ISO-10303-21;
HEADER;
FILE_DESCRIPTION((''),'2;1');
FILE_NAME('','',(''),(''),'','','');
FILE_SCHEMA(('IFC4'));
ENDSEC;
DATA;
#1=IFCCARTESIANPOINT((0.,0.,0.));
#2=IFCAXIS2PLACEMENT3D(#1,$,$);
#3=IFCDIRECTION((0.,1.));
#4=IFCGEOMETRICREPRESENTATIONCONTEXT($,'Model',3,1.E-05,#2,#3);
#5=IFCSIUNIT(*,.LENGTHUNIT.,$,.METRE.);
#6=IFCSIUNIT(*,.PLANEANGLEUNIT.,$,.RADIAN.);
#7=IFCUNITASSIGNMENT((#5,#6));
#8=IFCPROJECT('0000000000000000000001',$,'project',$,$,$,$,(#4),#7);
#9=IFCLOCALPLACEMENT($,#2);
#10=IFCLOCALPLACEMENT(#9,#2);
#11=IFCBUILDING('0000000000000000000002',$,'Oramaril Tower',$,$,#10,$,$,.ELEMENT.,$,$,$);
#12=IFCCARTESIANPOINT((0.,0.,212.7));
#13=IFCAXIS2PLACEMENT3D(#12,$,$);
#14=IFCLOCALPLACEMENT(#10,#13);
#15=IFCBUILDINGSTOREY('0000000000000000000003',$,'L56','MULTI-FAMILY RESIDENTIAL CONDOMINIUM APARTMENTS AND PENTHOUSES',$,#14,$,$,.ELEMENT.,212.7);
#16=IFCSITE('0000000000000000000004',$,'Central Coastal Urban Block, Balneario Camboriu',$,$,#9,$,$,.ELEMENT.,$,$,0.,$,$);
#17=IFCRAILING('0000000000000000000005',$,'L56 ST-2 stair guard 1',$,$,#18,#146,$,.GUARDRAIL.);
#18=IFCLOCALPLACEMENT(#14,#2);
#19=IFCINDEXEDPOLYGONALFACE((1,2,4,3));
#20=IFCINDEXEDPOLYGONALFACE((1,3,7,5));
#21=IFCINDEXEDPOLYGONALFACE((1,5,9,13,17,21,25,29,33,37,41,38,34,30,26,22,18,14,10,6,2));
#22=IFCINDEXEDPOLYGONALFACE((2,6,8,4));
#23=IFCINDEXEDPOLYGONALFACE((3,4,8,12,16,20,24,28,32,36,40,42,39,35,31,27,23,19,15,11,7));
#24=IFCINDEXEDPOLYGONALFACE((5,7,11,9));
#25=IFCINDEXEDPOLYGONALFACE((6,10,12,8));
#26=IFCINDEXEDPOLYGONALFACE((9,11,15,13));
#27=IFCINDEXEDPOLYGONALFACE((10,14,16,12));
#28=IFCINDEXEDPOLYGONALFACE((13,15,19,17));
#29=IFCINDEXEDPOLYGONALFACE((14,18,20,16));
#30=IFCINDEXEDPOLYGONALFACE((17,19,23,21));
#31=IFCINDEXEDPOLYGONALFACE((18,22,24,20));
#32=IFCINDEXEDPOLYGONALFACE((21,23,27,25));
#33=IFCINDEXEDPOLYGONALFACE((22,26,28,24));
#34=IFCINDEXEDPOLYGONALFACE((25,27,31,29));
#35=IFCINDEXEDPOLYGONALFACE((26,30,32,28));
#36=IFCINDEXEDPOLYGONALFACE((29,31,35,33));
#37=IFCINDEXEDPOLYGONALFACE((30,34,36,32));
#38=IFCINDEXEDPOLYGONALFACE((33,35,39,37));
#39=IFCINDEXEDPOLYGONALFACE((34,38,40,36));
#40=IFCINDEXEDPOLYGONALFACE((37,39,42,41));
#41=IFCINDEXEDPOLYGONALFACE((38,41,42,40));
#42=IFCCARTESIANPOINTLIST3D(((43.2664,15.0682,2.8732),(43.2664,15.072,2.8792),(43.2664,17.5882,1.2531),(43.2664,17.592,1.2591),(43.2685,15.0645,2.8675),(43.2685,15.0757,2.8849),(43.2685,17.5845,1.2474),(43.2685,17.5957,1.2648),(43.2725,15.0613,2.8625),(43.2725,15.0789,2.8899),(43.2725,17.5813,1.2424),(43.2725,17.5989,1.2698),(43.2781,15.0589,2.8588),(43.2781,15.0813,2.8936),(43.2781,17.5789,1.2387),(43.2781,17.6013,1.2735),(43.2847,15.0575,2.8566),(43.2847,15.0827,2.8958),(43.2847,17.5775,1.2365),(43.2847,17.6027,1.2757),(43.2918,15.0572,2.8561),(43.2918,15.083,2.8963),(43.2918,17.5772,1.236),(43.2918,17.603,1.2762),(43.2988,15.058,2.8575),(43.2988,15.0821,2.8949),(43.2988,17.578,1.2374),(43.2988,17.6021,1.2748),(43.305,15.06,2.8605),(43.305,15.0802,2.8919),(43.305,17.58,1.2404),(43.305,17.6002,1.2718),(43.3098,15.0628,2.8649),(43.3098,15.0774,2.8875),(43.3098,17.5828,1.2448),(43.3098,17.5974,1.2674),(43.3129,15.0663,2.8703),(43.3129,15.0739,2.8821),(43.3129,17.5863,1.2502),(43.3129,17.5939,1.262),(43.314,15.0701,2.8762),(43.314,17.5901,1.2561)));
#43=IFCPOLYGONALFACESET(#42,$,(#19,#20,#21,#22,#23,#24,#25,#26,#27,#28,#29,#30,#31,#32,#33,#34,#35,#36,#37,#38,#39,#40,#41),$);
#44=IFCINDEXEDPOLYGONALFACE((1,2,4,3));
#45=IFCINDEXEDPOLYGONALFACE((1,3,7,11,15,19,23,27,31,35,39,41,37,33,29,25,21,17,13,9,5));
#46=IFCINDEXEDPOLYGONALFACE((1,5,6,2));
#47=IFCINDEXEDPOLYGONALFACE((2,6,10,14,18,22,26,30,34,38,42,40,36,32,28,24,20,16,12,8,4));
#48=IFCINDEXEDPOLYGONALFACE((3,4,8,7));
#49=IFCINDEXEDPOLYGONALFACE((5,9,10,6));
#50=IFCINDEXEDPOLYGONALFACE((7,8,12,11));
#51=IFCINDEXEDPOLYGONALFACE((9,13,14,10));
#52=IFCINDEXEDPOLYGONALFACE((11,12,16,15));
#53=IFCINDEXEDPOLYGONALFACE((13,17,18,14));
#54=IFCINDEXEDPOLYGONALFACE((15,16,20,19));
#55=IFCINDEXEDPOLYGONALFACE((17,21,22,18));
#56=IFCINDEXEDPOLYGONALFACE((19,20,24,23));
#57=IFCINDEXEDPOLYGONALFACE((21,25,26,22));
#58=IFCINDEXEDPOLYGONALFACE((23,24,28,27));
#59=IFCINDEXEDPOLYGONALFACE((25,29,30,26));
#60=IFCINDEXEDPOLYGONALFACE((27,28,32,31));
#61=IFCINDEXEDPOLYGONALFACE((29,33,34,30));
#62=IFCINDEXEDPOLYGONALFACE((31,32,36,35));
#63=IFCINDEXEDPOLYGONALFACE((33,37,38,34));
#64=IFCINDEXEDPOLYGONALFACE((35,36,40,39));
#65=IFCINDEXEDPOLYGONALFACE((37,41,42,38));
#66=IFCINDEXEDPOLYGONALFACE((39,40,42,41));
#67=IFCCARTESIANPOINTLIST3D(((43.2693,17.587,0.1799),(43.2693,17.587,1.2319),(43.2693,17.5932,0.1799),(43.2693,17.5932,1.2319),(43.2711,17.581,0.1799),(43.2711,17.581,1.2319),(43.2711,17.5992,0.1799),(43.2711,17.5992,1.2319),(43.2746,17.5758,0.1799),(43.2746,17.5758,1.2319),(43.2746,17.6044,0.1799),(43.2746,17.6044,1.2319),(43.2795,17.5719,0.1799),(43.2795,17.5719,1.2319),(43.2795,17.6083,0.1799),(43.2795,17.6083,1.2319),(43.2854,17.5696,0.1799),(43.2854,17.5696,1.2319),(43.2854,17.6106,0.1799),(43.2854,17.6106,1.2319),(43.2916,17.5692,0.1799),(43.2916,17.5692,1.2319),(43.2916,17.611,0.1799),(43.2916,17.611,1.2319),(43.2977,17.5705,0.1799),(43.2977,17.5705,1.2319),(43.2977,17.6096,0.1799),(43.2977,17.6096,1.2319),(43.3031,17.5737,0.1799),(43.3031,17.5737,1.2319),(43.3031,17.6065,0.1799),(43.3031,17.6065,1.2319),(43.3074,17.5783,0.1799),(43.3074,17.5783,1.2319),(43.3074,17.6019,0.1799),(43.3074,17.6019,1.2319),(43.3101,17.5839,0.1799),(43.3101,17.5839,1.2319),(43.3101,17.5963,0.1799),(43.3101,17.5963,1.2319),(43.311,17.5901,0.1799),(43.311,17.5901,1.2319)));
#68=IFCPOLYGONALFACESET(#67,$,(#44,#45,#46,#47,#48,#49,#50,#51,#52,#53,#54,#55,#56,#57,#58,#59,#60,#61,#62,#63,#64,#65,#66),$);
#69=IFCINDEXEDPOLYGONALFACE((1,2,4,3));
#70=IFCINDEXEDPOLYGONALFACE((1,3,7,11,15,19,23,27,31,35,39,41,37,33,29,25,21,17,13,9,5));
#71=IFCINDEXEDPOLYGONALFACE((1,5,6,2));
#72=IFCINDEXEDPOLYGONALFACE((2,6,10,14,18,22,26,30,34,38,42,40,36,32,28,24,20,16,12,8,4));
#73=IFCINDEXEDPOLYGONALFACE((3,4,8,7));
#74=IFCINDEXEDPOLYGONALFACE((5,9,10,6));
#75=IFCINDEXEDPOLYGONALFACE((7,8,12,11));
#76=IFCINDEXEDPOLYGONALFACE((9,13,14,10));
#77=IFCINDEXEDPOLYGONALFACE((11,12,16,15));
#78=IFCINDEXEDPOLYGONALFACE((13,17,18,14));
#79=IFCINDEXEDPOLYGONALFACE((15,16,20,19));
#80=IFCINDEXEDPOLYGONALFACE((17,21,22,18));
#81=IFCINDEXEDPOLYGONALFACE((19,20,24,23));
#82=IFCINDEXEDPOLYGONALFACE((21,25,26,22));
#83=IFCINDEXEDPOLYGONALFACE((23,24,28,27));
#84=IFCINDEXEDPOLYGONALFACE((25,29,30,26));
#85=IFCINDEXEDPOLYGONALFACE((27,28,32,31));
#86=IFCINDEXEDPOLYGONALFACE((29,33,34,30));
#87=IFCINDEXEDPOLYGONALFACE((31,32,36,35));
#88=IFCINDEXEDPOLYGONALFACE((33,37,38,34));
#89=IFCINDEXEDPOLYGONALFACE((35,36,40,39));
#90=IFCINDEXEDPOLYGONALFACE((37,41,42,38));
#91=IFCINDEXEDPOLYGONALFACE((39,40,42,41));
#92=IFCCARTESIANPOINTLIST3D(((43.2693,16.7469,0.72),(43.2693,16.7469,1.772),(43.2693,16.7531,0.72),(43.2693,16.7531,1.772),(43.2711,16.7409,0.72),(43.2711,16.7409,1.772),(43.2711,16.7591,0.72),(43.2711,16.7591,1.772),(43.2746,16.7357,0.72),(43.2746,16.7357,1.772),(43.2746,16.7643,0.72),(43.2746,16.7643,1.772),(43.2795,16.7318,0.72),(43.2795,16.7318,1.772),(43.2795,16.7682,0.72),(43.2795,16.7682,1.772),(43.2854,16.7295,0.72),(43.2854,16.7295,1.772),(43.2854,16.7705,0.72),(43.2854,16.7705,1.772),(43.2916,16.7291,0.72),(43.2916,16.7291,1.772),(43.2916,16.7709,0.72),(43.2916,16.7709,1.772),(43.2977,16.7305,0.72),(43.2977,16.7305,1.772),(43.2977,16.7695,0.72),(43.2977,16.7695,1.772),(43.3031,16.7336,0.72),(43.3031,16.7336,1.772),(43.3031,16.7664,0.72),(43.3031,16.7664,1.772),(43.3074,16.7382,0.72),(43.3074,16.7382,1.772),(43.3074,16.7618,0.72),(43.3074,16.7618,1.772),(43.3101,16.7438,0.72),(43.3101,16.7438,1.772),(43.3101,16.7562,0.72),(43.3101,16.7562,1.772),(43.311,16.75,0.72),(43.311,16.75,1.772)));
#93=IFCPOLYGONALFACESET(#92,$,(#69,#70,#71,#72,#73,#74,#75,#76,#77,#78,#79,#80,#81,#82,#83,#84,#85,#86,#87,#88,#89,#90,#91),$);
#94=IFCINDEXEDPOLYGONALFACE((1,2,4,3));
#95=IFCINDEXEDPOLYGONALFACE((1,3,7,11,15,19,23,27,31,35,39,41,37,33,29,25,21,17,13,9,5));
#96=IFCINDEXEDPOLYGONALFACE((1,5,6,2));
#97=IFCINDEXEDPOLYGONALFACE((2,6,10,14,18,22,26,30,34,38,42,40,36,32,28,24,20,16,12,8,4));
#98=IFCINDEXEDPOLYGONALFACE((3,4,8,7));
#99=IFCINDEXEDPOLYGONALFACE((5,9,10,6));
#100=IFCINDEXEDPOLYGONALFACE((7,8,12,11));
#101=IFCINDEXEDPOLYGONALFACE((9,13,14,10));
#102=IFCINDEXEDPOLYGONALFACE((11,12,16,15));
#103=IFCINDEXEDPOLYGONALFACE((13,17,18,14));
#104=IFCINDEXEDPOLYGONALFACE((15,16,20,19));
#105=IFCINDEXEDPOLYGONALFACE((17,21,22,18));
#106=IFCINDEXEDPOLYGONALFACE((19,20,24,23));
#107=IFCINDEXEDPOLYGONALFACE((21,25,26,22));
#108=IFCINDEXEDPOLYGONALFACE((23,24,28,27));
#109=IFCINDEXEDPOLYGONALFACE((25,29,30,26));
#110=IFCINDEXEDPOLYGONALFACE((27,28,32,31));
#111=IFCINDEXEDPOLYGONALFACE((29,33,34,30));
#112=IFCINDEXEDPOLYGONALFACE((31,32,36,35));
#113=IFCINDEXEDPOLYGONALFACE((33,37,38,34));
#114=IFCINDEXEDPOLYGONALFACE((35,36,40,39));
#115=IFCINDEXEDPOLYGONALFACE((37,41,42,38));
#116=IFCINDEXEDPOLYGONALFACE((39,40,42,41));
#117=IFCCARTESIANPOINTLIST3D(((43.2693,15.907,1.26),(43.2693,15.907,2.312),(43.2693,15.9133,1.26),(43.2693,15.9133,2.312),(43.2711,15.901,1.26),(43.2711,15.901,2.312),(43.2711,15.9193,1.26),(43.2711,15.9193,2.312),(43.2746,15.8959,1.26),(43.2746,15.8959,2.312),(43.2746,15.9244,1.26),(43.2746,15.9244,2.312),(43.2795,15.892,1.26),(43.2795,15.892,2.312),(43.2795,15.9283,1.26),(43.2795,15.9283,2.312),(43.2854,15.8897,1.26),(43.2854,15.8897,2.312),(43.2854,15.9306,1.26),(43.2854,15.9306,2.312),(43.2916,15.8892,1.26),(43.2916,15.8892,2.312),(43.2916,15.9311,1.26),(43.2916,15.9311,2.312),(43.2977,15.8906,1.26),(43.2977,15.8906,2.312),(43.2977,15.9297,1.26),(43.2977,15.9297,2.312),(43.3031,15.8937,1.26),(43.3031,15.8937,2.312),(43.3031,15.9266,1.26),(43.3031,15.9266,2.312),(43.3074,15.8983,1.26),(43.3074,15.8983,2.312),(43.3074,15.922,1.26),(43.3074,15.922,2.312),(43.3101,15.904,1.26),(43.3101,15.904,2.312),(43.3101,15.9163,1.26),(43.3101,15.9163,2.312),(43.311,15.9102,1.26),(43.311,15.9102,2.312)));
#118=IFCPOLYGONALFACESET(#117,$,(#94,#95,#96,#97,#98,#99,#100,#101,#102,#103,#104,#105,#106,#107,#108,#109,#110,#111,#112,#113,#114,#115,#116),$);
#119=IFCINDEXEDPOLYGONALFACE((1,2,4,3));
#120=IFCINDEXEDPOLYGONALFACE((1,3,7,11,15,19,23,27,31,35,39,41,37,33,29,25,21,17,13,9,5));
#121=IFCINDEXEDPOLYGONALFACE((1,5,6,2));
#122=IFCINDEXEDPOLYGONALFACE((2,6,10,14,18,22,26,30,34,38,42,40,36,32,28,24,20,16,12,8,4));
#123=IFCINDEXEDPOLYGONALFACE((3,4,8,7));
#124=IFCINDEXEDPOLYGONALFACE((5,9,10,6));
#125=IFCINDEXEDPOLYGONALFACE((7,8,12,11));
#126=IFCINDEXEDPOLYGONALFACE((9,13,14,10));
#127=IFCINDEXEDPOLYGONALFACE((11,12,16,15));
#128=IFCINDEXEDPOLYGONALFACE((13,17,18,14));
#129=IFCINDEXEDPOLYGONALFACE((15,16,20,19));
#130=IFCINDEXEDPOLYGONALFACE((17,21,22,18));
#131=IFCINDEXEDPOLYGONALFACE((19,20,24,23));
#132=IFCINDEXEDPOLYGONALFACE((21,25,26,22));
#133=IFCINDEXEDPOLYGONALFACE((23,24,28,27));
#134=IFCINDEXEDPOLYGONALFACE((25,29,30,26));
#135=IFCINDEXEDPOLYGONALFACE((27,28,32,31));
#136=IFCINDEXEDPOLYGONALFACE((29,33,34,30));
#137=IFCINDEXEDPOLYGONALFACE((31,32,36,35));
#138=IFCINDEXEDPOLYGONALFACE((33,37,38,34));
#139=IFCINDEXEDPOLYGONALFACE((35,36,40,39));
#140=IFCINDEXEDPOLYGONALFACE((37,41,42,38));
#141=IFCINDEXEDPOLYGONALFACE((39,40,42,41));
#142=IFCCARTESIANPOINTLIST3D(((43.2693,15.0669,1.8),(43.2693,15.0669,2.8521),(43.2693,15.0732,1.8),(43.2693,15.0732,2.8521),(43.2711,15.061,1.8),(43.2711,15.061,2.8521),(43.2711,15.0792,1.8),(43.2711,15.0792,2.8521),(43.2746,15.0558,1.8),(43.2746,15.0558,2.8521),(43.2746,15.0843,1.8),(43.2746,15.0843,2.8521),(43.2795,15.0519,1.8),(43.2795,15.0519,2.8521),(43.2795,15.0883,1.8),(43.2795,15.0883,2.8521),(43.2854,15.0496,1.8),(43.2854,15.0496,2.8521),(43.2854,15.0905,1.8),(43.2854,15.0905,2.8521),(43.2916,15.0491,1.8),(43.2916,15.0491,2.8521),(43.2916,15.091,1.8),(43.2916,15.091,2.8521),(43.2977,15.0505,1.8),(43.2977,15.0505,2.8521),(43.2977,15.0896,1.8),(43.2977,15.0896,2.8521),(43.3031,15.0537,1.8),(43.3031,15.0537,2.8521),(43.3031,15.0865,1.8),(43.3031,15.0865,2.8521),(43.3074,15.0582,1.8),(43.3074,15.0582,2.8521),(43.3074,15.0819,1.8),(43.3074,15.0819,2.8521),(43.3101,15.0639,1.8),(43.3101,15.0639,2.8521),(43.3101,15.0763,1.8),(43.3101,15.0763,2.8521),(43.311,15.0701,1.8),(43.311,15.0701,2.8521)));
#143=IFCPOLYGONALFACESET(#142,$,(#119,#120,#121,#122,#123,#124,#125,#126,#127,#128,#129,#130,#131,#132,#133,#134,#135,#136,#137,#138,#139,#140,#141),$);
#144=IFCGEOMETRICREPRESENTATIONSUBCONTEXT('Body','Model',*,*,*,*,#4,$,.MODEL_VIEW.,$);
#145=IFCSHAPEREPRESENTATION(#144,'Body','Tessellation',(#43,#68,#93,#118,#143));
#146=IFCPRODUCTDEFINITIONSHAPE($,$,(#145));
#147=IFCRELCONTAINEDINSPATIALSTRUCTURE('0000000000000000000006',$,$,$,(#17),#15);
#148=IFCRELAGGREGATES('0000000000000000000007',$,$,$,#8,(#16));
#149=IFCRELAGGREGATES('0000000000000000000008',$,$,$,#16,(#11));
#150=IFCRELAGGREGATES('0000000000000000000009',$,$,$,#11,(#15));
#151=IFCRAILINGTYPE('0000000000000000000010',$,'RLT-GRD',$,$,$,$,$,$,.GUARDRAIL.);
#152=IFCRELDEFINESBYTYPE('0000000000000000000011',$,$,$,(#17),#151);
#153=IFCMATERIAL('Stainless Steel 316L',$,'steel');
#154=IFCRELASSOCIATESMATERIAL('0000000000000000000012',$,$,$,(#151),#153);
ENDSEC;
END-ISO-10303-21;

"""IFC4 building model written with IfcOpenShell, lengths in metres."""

from ifc_helpers import new_model, si_unit, direction, frame, origin, origin_2d, place, context, subcontext, project, spatial, circle, extrude, material, type_object, element, save


model = new_model("IFC4")

# Units and contexts
model_context = context("Model", 3, precision=1e-05, world=origin(), true_north=direction((0.0, 1.0)))
body_context = subcontext(model_context, "Body", "Model", "MODEL_VIEW")
ifc_project = project(units=[si_unit("LENGTHUNIT", "METRE"), si_unit("PLANEANGLEUNIT", "RADIAN")], contexts=[model_context])

# Site, building, storey
site_placement = place(None, origin())
site = spatial("IfcSite", under=ifc_project, at=site_placement, Name="Central Coastal Urban Block, Balneario Camboriu", CompositionType="ELEMENT", RefElevation=0.0)
building_placement = place(site_placement, origin())
building = spatial("IfcBuilding", under=site, at=building_placement, Name="Oramaril Tower", CompositionType="ELEMENT")
storey_placement = place(building_placement, frame((0.0, 0.0, 212.7)))
storey = spatial("IfcBuildingStorey", under=building, at=storey_placement, Name="L56", Description="MULTI-FAMILY RESIDENTIAL CONDOMINIUM APARTMENTS AND PENTHOUSES", CompositionType="ELEMENT", Elevation=212.7)

# Railing
ifc_material_1 = material(Name="Stainless Steel 316L", Category="steel")
railing_type = type_object("IfcRailingType", Name="RLT-GRD", PredefinedType="GUARDRAIL", material=ifc_material_1)
railing_1_placement = place(storey_placement, frame((43.29, 17.5901, 0.1799)))
element("IfcRailing", 1, at=railing_1_placement, inside=storey, type_object=railing_type, Name="L56 ST-2 stair guard 1", PredefinedType="GUARDRAIL", context=body_context, shape_type="SweptSolid", body=[
    extrude(circle(Radius=0.0239, at=origin_2d()), frame((0.0, 0.0, 1.0762), z_axis=(0.0, -0.841163, 0.540782), x_axis=(1.0, 0.0, 0.0)), (0.0, 0.0, 1.0), 2.9958),
    extrude(circle(Radius=0.021, at=origin_2d()), origin(), (0.0, 0.0, 1.0), 1.052),
    extrude(circle(Radius=0.021, at=origin_2d()), frame((0.0, -0.8401, 0.54)), (0.0, 0.0, 1.0), 1.052),
    extrude(circle(Radius=0.021, at=origin_2d()), frame((0.0, -1.6799, 1.0801)), (0.0, 0.0, 1.0), 1.052),
    extrude(circle(Radius=0.021, at=origin_2d()), frame((0.0, -2.52, 1.6201)), (0.0, 0.0, 1.0), 1.052),
])

save(model, "model.ifc")
